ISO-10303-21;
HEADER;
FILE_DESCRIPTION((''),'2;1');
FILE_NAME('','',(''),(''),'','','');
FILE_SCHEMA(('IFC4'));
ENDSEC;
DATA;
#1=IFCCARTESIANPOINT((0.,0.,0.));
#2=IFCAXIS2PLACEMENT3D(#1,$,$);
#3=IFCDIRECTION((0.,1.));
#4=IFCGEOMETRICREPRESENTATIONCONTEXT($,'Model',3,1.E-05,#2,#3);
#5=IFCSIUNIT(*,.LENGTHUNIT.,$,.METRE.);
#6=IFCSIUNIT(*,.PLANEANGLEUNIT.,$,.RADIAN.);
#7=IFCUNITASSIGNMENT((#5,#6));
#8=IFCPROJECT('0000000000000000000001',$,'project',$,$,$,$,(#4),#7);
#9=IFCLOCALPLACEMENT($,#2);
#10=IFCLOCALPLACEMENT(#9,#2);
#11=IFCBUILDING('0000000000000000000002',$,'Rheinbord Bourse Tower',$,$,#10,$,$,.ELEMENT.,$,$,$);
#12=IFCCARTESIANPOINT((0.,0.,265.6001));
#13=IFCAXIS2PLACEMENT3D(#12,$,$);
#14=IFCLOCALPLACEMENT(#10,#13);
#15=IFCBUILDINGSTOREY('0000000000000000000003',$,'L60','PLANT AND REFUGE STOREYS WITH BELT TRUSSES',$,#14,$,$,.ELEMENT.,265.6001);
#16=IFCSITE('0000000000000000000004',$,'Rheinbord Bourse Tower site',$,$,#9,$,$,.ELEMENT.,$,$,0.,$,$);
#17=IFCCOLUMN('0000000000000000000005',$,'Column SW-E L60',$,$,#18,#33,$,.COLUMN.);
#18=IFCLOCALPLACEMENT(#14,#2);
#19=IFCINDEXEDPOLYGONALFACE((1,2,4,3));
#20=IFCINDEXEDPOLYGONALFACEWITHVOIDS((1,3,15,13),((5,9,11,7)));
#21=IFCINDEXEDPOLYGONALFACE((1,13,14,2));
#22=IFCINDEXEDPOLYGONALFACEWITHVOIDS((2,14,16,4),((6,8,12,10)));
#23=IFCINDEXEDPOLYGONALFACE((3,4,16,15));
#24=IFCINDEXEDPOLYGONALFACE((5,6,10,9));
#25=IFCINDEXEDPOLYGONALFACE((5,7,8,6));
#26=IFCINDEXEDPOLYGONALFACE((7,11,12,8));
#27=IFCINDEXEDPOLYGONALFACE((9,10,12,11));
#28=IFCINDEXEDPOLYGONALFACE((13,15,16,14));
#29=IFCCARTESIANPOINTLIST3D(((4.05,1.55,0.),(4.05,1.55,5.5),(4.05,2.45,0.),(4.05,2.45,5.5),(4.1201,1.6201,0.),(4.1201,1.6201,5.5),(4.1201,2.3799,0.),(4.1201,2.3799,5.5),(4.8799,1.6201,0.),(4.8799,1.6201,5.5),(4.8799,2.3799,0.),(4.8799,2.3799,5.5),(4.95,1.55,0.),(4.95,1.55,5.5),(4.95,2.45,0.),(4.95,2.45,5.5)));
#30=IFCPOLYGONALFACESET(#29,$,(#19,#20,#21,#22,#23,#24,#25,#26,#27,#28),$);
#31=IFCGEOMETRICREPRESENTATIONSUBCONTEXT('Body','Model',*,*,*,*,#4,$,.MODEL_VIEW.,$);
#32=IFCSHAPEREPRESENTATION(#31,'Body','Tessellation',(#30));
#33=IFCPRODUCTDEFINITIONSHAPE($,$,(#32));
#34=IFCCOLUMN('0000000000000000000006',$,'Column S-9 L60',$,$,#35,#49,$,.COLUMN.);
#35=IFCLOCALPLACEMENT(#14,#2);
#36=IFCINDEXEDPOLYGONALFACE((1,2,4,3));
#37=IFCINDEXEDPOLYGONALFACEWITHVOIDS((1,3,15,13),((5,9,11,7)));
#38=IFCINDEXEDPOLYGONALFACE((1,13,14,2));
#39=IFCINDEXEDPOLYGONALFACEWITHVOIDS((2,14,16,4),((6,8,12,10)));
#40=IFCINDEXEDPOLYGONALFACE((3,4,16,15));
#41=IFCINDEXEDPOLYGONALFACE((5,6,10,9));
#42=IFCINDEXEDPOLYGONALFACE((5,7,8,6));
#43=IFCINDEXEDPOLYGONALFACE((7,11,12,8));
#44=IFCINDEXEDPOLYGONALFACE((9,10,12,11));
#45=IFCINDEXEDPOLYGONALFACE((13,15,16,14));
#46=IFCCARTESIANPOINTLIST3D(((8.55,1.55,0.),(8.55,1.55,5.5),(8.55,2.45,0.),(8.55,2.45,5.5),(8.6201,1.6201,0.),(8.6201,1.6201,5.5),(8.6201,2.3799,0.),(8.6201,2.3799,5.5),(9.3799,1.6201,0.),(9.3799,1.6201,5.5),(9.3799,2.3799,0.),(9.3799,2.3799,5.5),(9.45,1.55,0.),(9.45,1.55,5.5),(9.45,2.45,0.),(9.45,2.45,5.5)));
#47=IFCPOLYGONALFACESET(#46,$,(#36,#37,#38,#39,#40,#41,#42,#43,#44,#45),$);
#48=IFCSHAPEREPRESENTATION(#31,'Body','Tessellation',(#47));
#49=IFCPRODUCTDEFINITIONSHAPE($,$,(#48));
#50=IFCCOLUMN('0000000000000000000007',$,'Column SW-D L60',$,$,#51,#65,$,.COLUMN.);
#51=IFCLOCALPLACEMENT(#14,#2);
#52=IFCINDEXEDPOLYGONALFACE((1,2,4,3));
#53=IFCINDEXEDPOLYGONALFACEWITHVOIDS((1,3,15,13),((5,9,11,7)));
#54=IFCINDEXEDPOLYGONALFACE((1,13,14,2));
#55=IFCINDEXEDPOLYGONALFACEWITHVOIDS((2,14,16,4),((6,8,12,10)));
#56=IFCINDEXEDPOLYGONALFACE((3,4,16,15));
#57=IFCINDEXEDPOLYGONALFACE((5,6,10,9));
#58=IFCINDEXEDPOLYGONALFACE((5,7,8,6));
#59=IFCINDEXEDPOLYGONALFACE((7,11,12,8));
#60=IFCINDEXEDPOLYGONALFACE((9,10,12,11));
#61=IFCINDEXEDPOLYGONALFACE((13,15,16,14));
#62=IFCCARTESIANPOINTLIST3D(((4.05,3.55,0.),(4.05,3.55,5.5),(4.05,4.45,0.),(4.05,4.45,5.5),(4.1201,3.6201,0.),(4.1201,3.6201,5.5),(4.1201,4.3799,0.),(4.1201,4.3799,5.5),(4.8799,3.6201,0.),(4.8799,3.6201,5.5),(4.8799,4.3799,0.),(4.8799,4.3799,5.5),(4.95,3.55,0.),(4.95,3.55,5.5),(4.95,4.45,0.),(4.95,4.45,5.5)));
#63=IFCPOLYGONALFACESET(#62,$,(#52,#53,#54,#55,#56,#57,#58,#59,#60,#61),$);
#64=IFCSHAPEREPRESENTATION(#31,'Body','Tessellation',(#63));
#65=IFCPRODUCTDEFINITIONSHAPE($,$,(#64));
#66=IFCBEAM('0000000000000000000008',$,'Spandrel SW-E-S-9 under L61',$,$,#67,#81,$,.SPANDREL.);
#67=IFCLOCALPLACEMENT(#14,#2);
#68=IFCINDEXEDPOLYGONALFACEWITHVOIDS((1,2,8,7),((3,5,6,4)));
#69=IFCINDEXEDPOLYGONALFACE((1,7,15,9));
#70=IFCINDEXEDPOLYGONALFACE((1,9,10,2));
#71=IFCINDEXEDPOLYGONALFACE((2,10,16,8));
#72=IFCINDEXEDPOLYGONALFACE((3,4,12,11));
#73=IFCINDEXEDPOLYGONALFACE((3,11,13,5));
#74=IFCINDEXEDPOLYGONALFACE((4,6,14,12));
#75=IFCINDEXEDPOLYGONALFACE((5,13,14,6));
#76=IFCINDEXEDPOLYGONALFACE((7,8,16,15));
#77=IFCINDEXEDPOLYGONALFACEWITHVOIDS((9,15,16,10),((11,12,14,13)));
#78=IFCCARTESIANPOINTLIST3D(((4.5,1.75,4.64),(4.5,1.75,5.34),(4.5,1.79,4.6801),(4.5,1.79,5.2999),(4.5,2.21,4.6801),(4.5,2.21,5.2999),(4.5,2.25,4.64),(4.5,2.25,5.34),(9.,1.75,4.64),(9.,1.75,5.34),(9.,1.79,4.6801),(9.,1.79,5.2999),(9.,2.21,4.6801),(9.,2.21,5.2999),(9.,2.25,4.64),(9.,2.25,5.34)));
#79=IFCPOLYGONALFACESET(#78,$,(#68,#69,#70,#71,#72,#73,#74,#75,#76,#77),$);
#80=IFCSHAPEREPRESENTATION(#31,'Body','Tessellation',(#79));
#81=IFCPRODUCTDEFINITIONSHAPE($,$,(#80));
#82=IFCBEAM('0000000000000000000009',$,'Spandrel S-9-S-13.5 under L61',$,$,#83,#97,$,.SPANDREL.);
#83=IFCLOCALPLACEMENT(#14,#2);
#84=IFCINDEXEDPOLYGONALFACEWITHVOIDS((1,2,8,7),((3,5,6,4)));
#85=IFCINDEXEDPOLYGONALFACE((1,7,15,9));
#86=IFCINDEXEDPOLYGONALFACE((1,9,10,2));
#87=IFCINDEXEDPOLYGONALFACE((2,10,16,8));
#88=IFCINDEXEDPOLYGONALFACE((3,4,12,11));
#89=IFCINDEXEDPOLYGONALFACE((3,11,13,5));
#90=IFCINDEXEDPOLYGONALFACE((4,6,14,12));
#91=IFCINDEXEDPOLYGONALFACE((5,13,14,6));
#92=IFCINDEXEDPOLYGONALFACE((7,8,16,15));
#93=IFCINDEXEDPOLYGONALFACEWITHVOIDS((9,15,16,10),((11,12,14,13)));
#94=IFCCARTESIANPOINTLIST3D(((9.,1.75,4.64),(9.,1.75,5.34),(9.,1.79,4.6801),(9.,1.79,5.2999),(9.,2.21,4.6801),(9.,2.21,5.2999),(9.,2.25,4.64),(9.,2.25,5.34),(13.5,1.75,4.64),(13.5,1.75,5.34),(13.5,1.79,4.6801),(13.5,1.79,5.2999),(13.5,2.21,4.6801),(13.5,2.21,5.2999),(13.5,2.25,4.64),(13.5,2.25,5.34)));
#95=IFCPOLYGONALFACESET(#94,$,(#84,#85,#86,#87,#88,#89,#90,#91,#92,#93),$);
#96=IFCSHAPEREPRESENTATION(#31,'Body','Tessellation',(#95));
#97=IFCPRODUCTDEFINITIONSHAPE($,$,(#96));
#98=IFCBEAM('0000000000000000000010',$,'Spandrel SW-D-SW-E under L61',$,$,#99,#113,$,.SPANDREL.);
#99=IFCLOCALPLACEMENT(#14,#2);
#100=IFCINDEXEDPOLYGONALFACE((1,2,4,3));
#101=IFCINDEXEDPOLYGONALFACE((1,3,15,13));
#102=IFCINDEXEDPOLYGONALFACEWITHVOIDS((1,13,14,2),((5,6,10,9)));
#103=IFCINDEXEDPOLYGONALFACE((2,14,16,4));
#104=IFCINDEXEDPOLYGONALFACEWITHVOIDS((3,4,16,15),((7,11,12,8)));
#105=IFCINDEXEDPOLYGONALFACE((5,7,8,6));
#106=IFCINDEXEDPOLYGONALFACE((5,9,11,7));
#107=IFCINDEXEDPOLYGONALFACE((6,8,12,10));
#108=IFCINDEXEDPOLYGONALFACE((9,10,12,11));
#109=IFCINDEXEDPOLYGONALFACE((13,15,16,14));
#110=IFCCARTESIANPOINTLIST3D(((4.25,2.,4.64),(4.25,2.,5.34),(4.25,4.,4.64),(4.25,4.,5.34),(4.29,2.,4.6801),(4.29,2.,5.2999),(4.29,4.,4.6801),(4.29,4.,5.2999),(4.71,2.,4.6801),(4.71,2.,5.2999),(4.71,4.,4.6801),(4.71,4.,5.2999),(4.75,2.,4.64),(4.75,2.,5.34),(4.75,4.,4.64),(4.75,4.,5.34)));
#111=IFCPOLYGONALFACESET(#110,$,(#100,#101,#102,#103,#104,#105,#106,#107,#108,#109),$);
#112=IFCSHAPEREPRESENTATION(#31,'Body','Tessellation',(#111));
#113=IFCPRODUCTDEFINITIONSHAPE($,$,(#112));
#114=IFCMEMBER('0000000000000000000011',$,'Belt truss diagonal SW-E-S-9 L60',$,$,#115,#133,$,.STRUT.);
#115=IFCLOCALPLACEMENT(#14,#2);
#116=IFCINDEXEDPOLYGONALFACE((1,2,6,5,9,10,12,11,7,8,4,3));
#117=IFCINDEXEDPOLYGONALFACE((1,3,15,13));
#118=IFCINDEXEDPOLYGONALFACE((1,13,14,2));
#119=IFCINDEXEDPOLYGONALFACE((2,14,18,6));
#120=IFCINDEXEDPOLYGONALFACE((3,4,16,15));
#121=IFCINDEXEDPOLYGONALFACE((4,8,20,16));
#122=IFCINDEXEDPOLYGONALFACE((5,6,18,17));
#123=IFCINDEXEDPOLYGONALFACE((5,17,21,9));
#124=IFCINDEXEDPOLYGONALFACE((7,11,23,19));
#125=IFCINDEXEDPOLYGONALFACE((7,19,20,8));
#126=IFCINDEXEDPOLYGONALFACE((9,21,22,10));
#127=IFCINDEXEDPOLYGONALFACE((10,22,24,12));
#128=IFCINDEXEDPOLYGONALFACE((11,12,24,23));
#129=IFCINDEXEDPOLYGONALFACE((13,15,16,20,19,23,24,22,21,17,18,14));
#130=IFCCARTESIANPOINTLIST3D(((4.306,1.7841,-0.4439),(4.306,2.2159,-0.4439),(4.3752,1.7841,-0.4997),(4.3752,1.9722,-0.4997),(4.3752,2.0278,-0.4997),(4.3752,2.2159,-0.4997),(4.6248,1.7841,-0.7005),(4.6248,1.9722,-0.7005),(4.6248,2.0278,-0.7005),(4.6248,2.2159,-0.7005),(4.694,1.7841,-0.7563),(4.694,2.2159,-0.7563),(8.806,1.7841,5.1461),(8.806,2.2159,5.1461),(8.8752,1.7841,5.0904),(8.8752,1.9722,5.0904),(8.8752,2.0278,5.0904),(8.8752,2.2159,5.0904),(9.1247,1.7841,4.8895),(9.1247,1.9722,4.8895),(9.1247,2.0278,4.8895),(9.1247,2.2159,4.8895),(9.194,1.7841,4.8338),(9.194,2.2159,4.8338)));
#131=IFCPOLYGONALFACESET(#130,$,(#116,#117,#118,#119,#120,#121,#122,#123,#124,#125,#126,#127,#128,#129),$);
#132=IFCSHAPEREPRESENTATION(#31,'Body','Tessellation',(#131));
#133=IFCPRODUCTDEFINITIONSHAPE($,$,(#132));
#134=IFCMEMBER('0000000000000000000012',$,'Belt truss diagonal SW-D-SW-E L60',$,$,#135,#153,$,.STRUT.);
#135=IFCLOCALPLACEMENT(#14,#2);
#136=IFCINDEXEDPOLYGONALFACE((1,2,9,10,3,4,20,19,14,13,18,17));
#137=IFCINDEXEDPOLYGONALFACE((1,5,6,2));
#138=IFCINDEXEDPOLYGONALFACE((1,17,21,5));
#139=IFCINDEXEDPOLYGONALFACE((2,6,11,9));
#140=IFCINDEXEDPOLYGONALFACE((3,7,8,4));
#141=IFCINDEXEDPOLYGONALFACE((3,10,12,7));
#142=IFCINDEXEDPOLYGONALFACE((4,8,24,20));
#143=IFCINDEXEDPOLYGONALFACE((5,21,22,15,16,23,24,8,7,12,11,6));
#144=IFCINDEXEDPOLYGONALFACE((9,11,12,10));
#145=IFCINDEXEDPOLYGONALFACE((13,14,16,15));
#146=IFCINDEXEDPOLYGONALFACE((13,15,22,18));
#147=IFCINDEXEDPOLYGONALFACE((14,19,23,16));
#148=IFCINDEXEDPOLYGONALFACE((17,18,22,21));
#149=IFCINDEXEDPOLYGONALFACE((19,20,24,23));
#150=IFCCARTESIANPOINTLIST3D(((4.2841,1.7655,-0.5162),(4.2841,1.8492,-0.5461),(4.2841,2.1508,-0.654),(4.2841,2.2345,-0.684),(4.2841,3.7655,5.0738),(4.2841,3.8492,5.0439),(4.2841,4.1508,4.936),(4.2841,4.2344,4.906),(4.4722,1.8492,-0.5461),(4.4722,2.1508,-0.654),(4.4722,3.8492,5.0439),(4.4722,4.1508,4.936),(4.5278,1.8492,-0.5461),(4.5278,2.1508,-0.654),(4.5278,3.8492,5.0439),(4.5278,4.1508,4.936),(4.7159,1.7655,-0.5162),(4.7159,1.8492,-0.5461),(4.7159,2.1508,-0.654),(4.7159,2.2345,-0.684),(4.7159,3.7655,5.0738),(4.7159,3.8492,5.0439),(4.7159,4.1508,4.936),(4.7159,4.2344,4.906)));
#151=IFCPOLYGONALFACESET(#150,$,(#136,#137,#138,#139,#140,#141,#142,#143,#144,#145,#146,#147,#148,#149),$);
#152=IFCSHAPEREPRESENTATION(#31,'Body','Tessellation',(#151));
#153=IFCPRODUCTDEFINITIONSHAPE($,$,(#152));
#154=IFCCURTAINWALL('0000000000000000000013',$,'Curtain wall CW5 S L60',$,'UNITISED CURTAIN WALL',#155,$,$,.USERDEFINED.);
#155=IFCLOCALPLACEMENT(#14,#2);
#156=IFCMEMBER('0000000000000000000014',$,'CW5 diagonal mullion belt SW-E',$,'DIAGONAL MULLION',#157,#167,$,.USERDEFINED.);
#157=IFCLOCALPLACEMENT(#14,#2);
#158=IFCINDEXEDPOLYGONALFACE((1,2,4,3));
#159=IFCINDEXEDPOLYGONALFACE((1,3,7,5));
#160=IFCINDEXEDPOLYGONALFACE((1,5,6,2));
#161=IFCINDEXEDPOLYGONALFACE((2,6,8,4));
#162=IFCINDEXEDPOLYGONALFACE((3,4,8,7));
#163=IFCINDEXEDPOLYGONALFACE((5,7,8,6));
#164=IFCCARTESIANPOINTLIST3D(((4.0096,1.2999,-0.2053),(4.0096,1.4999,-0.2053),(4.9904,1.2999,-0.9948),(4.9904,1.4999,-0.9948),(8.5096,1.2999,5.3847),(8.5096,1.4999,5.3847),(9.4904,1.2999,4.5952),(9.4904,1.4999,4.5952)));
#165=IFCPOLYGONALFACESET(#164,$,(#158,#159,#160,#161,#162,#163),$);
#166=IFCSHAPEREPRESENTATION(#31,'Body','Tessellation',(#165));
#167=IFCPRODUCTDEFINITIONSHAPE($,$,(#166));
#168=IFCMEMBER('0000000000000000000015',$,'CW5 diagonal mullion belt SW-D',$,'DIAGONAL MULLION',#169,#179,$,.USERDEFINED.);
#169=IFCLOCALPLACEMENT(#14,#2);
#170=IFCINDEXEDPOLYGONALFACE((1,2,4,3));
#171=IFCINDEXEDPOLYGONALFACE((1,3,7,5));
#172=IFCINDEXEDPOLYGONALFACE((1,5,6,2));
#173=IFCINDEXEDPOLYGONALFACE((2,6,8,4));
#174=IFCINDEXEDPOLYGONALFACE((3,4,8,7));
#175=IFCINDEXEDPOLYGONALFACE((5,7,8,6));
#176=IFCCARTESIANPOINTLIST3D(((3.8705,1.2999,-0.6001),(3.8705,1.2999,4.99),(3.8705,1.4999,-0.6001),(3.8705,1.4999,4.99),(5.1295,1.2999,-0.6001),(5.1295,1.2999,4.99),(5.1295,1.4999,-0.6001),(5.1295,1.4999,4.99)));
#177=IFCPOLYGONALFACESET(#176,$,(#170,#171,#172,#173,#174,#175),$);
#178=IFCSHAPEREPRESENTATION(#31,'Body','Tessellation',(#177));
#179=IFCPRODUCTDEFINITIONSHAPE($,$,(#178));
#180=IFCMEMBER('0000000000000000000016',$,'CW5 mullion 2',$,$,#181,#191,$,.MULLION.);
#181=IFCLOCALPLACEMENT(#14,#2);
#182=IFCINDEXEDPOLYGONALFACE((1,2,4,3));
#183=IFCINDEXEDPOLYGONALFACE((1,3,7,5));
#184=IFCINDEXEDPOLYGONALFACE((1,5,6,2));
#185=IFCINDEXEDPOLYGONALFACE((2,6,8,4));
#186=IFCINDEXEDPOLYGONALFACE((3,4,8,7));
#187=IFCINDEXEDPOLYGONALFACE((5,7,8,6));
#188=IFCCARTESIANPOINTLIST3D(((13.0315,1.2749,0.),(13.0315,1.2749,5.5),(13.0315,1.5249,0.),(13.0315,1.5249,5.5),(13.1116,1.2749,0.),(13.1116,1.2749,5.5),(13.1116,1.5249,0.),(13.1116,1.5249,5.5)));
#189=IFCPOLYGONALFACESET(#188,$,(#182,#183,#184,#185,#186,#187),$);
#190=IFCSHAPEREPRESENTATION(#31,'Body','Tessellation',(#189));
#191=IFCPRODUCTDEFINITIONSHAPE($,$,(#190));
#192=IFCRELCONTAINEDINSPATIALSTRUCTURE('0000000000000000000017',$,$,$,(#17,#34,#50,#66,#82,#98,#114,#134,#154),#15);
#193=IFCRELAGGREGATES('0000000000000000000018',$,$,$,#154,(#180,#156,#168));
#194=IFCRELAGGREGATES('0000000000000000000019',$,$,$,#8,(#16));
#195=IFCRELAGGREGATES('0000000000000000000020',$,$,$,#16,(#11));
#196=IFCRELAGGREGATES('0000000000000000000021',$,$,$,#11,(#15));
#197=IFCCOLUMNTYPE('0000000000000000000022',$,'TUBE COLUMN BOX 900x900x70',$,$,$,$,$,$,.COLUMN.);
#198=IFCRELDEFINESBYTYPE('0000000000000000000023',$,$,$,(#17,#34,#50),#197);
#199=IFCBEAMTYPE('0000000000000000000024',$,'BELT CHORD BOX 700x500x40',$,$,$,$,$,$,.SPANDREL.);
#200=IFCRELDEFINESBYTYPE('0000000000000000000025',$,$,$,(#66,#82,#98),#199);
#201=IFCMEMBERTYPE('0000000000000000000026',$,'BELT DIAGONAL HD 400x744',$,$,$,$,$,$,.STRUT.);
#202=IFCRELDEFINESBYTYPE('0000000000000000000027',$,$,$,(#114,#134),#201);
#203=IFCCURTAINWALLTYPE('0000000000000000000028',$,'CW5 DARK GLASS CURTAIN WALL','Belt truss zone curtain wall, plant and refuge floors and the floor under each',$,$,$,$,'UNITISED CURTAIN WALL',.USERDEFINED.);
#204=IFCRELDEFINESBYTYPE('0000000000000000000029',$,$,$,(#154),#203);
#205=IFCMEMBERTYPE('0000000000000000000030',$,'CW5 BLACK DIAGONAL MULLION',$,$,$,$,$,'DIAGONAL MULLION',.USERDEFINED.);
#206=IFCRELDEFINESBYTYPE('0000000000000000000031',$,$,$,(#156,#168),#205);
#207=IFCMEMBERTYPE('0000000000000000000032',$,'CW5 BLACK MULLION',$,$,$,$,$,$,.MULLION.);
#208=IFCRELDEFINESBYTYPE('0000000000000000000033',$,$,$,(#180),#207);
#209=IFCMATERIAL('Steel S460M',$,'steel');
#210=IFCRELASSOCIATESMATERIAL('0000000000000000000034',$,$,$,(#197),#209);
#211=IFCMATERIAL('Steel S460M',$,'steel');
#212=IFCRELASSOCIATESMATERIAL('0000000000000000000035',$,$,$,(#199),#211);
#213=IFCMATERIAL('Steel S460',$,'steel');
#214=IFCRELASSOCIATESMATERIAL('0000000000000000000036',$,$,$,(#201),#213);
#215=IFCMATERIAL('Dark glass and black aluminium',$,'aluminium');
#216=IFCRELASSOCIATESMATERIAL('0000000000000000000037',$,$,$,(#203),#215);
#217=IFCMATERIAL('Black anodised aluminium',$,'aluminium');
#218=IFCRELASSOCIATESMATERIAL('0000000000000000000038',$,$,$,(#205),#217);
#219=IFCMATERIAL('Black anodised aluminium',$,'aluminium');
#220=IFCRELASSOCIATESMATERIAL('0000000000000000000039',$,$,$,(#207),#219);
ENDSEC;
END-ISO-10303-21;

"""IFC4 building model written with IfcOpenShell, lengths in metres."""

from ifc_helpers import new_model, si_unit, direction, frame, origin, origin_2d, place, context, subcontext, project, spatial, rectangle, hollow_rectangle, i_section, extrude, material, material_profile, profile_set, type_object, element, aggregate, save


model = new_model("IFC4")

# Units and contexts
model_context = context("Model", 3, precision=1e-05, world=origin(), true_north=direction((0.0, 1.0)))
body_context = subcontext(model_context, "Body", "Model", "MODEL_VIEW")
ifc_project = project(units=[si_unit("LENGTHUNIT", "METRE"), si_unit("PLANEANGLEUNIT", "RADIAN")], contexts=[model_context])

# Site, building, storey
site_placement = place(None, origin())
site = spatial("IfcSite", under=ifc_project, at=site_placement, Name="Rheinbord Bourse Tower site", CompositionType="ELEMENT", RefElevation=0.0)
building_placement = place(site_placement, origin())
building = spatial("IfcBuilding", under=site, at=building_placement, Name="Rheinbord Bourse Tower", CompositionType="ELEMENT")
storey_placement = place(building_placement, frame((0.0, 0.0, 265.6001)))
storey = spatial("IfcBuildingStorey", under=building, at=storey_placement, Name="L60", Description="PLANT AND REFUGE STOREYS WITH BELT TRUSSES", CompositionType="ELEMENT", Elevation=265.6001)

# Columns
ifc_material_1 = material(Name="Steel S460M", Category="steel")
ifc_material_profile_1 = material_profile(ifc_material_1, hollow_rectangle(XDim=0.8999, YDim=0.8999, WallThickness=0.0701, at=origin_2d()), Name="BOX 900x900x70")
ifc_profile_set_1 = profile_set([ifc_material_profile_1], Name="Steel S460M")
column_type = type_object("IfcColumnType", Name="TUBE COLUMN BOX 900x900x70", PredefinedType="COLUMN", material=ifc_profile_set_1)
for number, where, z_axis, x_axis, name in (
    (1, (4.5, 2.0, 0.0), (0.0, 0.0, 1.0), (0.0, 1.0, 0.0), "Column SW-E L60"),
    (2, (9.0, 2.0, 0.0), (0.0, 0.0, 1.0), (0.0, 1.0, 0.0), "Column S-9 L60"),
    (3, (4.5, 4.0, 0.0), (0.0, 0.0, 1.0), (0.0, 1.0, 0.0), "Column SW-D L60"),
):
    element("IfcColumn", number, at=place(storey_placement, frame(where, z_axis=z_axis, x_axis=x_axis)), inside=storey, type_object=column_type, Name=name, PredefinedType="COLUMN", context=body_context, shape_type="SweptSolid", body=[
        extrude(hollow_rectangle(XDim=0.8999, YDim=0.8999, WallThickness=0.0701, at=origin_2d()), origin(), (0.0, 0.0, 1.0), 5.5),
    ])

# Beams
ifc_material_2 = material(Name="Steel S460M", Category="steel")
ifc_material_profile_2 = material_profile(ifc_material_2, hollow_rectangle(XDim=0.5, YDim=0.7, WallThickness=0.04, at=origin_2d()), Name="BOX 700x500x40")
ifc_profile_set_2 = profile_set([ifc_material_profile_2], Name="Steel S460M")
beam_type_1 = type_object("IfcBeamType", Name="BELT CHORD BOX 700x500x40", PredefinedType="SPANDREL", material=ifc_profile_set_2)
for number, where, z_axis, x_axis, name in (
    (4, (4.5, 2.0, 4.99), (1.0, 0.0, 0.0), (0.0, 1.0, 0.0), "Spandrel SW-E-S-9 under L61"),
    (5, (9.0, 2.0, 4.99), (1.0, 0.0, 0.0), (0.0, 1.0, 0.0), "Spandrel S-9-S-13.5 under L61"),
):
    element("IfcBeam", number, at=place(storey_placement, frame(where, z_axis=z_axis, x_axis=x_axis)), inside=storey, type_object=beam_type_1, Name=name, PredefinedType="SPANDREL", context=body_context, shape_type="SweptSolid", body=[
        extrude(hollow_rectangle(XDim=0.5, YDim=0.7, WallThickness=0.04, at=origin_2d()), origin(), (0.0, 0.0, 1.0), 4.5),
    ])
beam_placement = place(storey_placement, frame((4.5, 4.0, 4.99), z_axis=(0.0, -1.0, 0.0), x_axis=(1.0, 0.0, 0.0)))
element("IfcBeam", 6, at=beam_placement, inside=storey, type_object=beam_type_1, Name="Spandrel SW-D-SW-E under L61", PredefinedType="SPANDREL", context=body_context, shape_type="SweptSolid", body=[
    extrude(hollow_rectangle(XDim=0.5, YDim=0.7, WallThickness=0.04, at=origin_2d()), origin(), (0.0, 0.0, 1.0), 2.0),
])

# Members
ifc_material_3 = material(Name="Steel S460", Category="steel")
ifc_material_profile_3 = material_profile(ifc_material_3, i_section(OverallWidth=0.4319, OverallDepth=0.498, WebThickness=0.0557, FlangeThickness=0.0889, at=origin_2d()), Name="HD 400x744")
ifc_profile_set_3 = profile_set([ifc_material_profile_3], Name="Steel S460")
member_type_1 = type_object("IfcMemberType", Name="BELT DIAGONAL HD 400x744", PredefinedType="STRUT", material=ifc_profile_set_3)
member_1_placement = place(storey_placement, frame((4.5, 2.0, -0.6001), z_axis=(0.627065, 0.0, 0.778967), x_axis=(0.0, 1.0, 0.0)))
element("IfcMember", 7, at=member_1_placement, inside=storey, type_object=member_type_1, Name="Belt truss diagonal SW-E-S-9 L60", PredefinedType="STRUT", context=body_context, shape_type="SweptSolid", body=[
    extrude(i_section(OverallWidth=0.4319, OverallDepth=0.498, WebThickness=0.0557, FlangeThickness=0.0889, at=origin_2d()), origin(), (0.0, 0.0, 1.0), 7.1763),
])
member_2_placement = place(storey_placement, frame((4.5, 2.0, -0.6001), z_axis=(0.0, 0.336865, 0.941553), x_axis=(-1.0, 0.0, 0.0)))
element("IfcMember", 8, at=member_2_placement, inside=storey, type_object=member_type_1, Name="Belt truss diagonal SW-D-SW-E L60", PredefinedType="STRUT", context=body_context, shape_type="SweptSolid", body=[
    extrude(i_section(OverallWidth=0.4319, OverallDepth=0.498, WebThickness=0.0557, FlangeThickness=0.0889, at=origin_2d()), origin(), (0.0, 0.0, 1.0), 5.937),
])

# Curtain wall, members
ifc_material_4 = material(Name="Dark glass and black aluminium", Category="aluminium")
curtain_wall_type = type_object("IfcCurtainWallType", Name="CW5 DARK GLASS CURTAIN WALL", Description="Belt truss zone curtain wall, plant and refuge floors and the floor under each", ElementType="UNITISED CURTAIN WALL", PredefinedType="USERDEFINED", material=ifc_material_4)
curtain_wall_placement = place(storey_placement, origin())
curtain_wall = element("IfcCurtainWall", 9, at=curtain_wall_placement, inside=storey, type_object=curtain_wall_type, Name="Curtain wall CW5 S L60", ObjectType="UNITISED CURTAIN WALL", PredefinedType="USERDEFINED")
ifc_material_5 = material(Name="Black anodised aluminium", Category="aluminium")
ifc_material_profile_4 = material_profile(ifc_material_5, rectangle(XDim=0.2, YDim=1.259, at=origin_2d()), Name="CW5 DIAGONAL MULLION 1259x200")
ifc_profile_set_4 = profile_set([ifc_material_profile_4], Name="Black anodised aluminium")
member_type_2 = type_object("IfcMemberType", Name="CW5 BLACK DIAGONAL MULLION", ElementType="DIAGONAL MULLION", PredefinedType="USERDEFINED", material=ifc_profile_set_4)
member_3_placement = place(storey_placement, frame((4.5, 1.3999, -0.6001), z_axis=(0.627065, 0.0, 0.778967), x_axis=(0.0, 1.0, 0.0)))
member_3 = element("IfcMember", 10, at=member_3_placement, type_object=member_type_2, Name="CW5 diagonal mullion belt SW-E", ObjectType="DIAGONAL MULLION", PredefinedType="USERDEFINED", context=body_context, shape_type="SweptSolid", body=[
    extrude(rectangle(XDim=0.2, YDim=1.259, at=origin_2d()), origin(), (0.0, 0.0, 1.0), 7.1763),
])
member_4_placement = place(storey_placement, frame((4.5, 1.3999, -0.6001), z_axis=(0.0, 0.0, 1.0), x_axis=(0.0, 1.0, 0.0)))
member_4 = element("IfcMember", 11, at=member_4_placement, type_object=member_type_2, Name="CW5 diagonal mullion belt SW-D", ObjectType="DIAGONAL MULLION", PredefinedType="USERDEFINED", context=body_context, shape_type="SweptSolid", body=[
    extrude(rectangle(XDim=0.2, YDim=1.259, at=origin_2d()), origin(), (0.0, 0.0, 1.0), 5.5901),
])
ifc_material_6 = material(Name="Black anodised aluminium", Category="aluminium")
ifc_material_profile_5 = material_profile(ifc_material_6, rectangle(XDim=0.25, YDim=0.0801, at=origin_2d()), Name="CW5 MULLION 80x250")
ifc_profile_set_5 = profile_set([ifc_material_profile_5], Name="Black anodised aluminium")
member_type_3 = type_object("IfcMemberType", Name="CW5 BLACK MULLION", PredefinedType="MULLION", material=ifc_profile_set_5)
member_5_placement = place(storey_placement, frame((13.0715, 1.3999, 0.0), z_axis=(0.0, 0.0, 1.0), x_axis=(0.0, 1.0, 0.0)))
member_5 = element("IfcMember", 12, at=member_5_placement, type_object=member_type_3, Name="CW5 mullion 2", PredefinedType="MULLION", context=body_context, shape_type="SweptSolid", body=[
    extrude(rectangle(XDim=0.25, YDim=0.0801, at=origin_2d()), origin(), (0.0, 0.0, 1.0), 5.5),
])

aggregate(curtain_wall, [member_5, member_3, member_4])

save(model, "model.ifc")
